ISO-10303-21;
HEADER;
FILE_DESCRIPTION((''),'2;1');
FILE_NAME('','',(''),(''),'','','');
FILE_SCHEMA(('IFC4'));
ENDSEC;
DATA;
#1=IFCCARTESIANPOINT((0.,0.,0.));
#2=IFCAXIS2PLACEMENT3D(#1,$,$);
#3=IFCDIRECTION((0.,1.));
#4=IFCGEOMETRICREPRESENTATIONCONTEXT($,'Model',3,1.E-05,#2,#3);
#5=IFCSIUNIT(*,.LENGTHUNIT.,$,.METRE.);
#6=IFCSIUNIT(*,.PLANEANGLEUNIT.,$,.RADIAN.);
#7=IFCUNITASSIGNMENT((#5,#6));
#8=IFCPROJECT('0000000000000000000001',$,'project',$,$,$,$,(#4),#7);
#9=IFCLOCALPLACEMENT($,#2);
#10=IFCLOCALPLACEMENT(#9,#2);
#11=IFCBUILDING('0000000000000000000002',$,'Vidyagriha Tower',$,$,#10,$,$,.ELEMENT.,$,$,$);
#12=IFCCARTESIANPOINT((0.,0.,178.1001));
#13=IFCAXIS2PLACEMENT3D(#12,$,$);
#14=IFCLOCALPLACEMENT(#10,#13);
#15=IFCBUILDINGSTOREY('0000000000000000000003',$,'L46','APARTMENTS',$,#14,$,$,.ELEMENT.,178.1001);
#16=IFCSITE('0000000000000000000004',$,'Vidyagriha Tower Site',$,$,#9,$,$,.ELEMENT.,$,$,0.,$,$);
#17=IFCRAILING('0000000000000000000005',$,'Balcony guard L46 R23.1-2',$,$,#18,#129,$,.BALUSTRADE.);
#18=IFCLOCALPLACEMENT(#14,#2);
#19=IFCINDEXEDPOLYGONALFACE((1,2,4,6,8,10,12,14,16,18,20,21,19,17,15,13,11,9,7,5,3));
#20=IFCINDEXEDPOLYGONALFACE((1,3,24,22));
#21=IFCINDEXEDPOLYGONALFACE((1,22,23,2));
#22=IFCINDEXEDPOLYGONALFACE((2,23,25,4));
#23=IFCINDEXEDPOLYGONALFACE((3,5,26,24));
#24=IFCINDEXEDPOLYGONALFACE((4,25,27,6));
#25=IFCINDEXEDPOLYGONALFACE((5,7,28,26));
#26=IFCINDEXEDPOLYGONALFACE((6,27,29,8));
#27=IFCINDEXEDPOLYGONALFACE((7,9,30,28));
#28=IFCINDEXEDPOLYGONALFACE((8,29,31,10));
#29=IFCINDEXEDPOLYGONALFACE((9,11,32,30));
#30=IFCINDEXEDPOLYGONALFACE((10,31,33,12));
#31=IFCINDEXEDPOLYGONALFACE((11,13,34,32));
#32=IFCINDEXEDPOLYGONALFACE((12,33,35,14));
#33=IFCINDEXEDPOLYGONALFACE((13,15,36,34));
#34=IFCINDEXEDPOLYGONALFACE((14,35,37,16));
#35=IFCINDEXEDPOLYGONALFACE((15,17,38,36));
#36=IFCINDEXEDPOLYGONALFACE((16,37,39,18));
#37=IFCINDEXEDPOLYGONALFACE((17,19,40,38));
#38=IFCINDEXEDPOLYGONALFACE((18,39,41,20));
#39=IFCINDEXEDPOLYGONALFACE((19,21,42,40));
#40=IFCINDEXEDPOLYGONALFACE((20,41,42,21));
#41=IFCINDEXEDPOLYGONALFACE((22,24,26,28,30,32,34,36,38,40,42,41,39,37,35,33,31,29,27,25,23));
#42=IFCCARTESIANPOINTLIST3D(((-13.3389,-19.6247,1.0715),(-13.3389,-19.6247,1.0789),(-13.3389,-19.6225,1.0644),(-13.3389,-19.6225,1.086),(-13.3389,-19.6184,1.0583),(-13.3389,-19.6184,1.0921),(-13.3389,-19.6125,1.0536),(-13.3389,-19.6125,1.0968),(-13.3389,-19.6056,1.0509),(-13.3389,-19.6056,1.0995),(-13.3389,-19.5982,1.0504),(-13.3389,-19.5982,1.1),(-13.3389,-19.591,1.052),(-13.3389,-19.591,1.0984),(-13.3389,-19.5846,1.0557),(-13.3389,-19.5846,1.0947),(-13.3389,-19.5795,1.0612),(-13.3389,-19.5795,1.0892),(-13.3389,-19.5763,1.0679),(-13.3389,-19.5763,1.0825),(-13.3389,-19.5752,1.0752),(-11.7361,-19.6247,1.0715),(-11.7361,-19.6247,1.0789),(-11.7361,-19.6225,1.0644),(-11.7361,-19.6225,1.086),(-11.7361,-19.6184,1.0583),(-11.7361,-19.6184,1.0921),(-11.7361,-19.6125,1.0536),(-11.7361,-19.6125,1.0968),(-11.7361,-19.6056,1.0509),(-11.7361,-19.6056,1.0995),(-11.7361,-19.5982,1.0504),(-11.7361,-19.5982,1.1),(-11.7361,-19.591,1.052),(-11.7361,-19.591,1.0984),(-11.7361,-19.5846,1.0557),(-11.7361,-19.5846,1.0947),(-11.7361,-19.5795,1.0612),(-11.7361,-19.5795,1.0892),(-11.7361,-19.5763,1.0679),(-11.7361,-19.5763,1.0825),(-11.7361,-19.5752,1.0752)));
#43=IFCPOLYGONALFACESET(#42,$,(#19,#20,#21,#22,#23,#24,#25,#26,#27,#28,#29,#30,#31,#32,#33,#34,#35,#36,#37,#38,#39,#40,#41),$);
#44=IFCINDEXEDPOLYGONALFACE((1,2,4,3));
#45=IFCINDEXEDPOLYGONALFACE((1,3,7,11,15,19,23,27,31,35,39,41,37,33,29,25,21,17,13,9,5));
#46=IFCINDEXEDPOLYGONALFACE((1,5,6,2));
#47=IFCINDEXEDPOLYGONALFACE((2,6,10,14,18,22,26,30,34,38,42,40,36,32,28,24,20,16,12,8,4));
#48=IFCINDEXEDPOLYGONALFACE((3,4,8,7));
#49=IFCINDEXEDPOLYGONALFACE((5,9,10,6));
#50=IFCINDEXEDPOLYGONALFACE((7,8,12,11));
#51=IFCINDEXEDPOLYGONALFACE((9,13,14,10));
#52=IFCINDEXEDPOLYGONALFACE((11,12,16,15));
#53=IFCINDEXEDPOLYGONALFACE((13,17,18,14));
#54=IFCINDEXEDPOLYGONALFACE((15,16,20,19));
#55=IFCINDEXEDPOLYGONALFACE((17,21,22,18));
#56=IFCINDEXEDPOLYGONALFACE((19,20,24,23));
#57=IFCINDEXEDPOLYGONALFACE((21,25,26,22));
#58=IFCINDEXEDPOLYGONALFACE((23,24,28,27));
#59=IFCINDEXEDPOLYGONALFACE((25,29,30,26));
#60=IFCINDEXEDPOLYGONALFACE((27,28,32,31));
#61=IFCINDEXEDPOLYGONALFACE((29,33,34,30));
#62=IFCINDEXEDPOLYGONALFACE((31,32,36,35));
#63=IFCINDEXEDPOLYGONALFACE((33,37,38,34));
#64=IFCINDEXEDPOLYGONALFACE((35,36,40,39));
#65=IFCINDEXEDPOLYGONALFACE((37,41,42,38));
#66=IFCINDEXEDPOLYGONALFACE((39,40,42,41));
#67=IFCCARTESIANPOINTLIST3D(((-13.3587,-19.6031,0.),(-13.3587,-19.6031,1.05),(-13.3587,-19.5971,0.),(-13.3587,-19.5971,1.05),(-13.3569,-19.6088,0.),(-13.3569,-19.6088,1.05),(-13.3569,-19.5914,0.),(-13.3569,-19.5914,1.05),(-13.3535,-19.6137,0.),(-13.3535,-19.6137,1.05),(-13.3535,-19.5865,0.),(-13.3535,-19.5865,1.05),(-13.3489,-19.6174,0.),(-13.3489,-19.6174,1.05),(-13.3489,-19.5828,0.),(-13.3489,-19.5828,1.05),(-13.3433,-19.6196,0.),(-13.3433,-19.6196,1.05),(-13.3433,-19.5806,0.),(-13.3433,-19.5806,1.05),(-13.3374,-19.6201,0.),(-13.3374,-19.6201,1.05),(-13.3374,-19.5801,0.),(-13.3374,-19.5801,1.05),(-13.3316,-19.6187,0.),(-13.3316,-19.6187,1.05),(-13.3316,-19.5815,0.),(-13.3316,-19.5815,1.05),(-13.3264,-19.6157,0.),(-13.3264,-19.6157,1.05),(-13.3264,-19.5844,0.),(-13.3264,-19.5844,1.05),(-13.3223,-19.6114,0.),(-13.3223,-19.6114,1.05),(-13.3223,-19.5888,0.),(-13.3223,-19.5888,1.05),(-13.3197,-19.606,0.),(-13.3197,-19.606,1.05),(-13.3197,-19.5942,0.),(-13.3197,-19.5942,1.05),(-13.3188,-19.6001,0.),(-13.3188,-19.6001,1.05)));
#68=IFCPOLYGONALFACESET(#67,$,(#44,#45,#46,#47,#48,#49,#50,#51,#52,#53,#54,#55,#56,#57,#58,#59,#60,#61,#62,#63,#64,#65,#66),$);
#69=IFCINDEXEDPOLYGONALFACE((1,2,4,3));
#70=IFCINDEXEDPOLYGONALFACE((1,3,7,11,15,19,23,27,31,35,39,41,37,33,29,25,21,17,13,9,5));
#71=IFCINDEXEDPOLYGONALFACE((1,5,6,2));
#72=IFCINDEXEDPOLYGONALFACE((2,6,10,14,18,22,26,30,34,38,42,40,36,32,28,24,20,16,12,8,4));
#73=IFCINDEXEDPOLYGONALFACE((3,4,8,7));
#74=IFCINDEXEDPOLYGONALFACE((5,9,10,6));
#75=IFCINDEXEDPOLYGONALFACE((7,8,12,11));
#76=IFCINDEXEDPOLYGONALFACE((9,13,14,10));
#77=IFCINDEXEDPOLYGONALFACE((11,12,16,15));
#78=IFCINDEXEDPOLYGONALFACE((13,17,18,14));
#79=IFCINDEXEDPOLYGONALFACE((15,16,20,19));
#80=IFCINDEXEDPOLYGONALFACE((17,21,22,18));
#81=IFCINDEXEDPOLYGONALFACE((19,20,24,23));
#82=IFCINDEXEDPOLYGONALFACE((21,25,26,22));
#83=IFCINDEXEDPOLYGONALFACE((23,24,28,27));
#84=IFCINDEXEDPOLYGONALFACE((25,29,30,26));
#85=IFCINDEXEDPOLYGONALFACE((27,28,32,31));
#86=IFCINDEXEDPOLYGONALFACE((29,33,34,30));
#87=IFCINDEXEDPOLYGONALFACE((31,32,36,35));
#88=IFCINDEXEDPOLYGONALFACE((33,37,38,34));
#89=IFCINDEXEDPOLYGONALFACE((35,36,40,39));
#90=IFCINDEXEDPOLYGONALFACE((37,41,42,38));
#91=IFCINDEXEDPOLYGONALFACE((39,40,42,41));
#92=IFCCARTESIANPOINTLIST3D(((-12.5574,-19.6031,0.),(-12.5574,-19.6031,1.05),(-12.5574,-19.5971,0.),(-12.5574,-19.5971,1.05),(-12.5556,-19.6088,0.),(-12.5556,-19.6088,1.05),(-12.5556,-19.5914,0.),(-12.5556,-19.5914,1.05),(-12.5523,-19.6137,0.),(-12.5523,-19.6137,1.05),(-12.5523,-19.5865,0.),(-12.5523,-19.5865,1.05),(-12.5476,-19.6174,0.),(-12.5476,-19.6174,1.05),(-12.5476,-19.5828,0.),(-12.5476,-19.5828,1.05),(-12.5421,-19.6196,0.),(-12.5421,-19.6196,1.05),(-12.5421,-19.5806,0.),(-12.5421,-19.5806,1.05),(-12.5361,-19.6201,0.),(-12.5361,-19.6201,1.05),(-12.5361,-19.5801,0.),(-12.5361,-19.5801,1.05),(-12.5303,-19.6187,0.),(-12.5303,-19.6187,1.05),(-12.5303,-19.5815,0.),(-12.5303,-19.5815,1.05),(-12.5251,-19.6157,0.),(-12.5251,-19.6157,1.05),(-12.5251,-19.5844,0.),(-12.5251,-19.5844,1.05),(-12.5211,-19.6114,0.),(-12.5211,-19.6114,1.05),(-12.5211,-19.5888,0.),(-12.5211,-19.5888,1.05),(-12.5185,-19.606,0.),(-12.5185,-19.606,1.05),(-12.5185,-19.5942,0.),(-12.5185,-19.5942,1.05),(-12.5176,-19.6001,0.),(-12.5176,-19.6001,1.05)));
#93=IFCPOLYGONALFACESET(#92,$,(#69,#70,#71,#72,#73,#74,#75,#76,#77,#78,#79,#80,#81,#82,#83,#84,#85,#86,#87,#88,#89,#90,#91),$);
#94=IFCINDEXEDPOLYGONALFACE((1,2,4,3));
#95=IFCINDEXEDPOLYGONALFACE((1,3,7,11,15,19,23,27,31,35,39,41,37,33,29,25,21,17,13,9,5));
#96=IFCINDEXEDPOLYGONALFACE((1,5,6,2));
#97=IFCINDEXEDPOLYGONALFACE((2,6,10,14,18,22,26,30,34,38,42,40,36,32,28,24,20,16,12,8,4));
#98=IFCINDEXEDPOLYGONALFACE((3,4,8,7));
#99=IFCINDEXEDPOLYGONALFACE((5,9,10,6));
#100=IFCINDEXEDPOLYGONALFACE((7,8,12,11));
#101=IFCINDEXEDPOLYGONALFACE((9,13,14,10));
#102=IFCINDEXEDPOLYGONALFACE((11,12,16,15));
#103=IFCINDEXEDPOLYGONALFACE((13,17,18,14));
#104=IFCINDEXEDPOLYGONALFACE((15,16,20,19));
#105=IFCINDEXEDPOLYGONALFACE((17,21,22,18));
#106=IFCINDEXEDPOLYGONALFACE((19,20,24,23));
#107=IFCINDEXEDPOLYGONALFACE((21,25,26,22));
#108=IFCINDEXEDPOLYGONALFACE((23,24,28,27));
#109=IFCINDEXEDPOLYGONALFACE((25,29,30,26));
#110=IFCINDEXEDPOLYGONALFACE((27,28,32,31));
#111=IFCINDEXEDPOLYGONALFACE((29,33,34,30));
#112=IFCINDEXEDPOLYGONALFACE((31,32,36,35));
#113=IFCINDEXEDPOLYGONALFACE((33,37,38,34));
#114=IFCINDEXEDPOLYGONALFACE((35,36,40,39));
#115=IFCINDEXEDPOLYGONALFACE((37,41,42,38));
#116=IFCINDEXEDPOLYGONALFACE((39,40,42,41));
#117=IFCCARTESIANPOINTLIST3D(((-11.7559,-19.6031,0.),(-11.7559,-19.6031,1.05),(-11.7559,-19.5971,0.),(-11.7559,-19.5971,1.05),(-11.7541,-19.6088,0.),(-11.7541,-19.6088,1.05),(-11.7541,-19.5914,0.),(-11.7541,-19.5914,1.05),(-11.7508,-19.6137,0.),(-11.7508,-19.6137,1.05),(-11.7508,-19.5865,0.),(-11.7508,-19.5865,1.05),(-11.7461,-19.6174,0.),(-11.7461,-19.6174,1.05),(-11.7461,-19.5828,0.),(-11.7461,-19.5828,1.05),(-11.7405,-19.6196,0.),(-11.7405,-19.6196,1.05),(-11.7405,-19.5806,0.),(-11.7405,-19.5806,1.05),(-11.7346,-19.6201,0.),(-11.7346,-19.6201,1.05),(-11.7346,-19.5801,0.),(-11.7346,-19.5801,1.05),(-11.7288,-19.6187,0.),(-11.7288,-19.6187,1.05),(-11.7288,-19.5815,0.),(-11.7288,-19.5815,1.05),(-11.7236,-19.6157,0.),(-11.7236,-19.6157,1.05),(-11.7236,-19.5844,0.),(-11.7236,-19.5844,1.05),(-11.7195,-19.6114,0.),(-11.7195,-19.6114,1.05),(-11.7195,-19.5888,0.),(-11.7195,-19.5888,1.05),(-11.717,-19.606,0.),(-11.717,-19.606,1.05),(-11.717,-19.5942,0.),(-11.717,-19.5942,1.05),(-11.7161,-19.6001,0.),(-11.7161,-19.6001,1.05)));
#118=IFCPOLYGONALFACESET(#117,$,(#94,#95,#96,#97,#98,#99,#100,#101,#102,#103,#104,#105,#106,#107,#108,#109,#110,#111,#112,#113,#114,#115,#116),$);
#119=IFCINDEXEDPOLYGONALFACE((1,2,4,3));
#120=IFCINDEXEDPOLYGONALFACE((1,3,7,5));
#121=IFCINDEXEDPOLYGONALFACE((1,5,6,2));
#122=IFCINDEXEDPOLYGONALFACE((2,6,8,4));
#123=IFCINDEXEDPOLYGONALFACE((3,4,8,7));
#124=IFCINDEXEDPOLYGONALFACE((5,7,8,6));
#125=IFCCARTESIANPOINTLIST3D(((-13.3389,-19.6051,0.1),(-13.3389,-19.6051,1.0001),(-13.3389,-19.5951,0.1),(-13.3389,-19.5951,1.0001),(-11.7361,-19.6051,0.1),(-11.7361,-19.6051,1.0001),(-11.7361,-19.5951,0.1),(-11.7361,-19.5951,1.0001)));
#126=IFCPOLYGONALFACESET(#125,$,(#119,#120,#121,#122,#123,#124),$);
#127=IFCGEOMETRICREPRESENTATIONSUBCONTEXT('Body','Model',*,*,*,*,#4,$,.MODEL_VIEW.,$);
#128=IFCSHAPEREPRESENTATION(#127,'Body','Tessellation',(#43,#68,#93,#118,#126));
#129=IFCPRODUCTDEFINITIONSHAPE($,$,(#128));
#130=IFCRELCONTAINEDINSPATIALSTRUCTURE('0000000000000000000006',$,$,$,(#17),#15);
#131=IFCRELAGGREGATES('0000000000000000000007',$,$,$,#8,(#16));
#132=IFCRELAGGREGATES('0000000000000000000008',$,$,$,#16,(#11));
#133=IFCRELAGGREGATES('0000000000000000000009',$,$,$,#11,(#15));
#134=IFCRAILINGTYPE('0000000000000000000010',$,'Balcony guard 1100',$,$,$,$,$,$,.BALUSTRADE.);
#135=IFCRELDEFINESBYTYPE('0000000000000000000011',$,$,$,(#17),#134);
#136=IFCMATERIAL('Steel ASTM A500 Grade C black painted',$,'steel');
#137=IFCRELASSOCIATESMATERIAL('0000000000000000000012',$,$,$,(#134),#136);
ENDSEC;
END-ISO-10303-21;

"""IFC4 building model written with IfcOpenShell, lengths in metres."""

from ifc_helpers import new_model, si_unit, direction, frame, origin, origin_2d, place, context, subcontext, project, spatial, rectangle, circle, extrude, material, type_object, element, save


model = new_model("IFC4")

# Units and contexts
model_context = context("Model", 3, precision=1e-05, world=origin(), true_north=direction((0.0, 1.0)))
body_context = subcontext(model_context, "Body", "Model", "MODEL_VIEW")
ifc_project = project(units=[si_unit("LENGTHUNIT", "METRE"), si_unit("PLANEANGLEUNIT", "RADIAN")], contexts=[model_context])

# Site, building, storey
site_placement = place(None, origin())
site = spatial("IfcSite", under=ifc_project, at=site_placement, Name="Vidyagriha Tower Site", CompositionType="ELEMENT", RefElevation=0.0)
building_placement = place(site_placement, origin())
building = spatial("IfcBuilding", under=site, at=building_placement, Name="Vidyagriha Tower", CompositionType="ELEMENT")
storey_placement = place(building_placement, frame((0.0, 0.0, 178.1001)))
storey = spatial("IfcBuildingStorey", under=building, at=storey_placement, Name="L46", Description="APARTMENTS", CompositionType="ELEMENT", Elevation=178.1001)

# Railing
ifc_material_1 = material(Name="Steel ASTM A500 Grade C black painted", Category="steel")
railing_type = type_object("IfcRailingType", Name="Balcony guard 1100", PredefinedType="BALUSTRADE", material=ifc_material_1)
railing_1_placement = place(storey_placement, frame((-13.3389, -19.6001, 0.0)))
element("IfcRailing", 1, at=railing_1_placement, inside=storey, type_object=railing_type, Name="Balcony guard L46 R23.1-2", PredefinedType="BALUSTRADE", context=body_context, shape_type="SweptSolid", body=[
    extrude(circle(Radius=0.0249, at=origin_2d()), frame((0.0, 0.0, 1.0752), z_axis=(1.0, 0.0, 0.0), x_axis=(0.0, 1.0, 0.0)), (0.0, 0.0, 1.0), 1.6028),
    extrude(circle(Radius=0.02, at=origin_2d()), origin(), (0.0, 0.0, 1.0), 1.05),
    extrude(circle(Radius=0.02, at=origin_2d()), frame((0.8013, 0.0, 0.0)), (0.0, 0.0, 1.0), 1.05),
    extrude(circle(Radius=0.02, at=origin_2d()), frame((1.6028, 0.0, 0.0)), (0.0, 0.0, 1.0), 1.05),
    extrude(rectangle(XDim=0.01, YDim=0.9001, at=origin_2d()), frame((0.0, 0.0, 0.55), z_axis=(1.0, 0.0, 0.0), x_axis=(0.0, 1.0, 0.0)), (0.0, 0.0, 1.0), 1.6028),
])

save(model, "model.ifc")
